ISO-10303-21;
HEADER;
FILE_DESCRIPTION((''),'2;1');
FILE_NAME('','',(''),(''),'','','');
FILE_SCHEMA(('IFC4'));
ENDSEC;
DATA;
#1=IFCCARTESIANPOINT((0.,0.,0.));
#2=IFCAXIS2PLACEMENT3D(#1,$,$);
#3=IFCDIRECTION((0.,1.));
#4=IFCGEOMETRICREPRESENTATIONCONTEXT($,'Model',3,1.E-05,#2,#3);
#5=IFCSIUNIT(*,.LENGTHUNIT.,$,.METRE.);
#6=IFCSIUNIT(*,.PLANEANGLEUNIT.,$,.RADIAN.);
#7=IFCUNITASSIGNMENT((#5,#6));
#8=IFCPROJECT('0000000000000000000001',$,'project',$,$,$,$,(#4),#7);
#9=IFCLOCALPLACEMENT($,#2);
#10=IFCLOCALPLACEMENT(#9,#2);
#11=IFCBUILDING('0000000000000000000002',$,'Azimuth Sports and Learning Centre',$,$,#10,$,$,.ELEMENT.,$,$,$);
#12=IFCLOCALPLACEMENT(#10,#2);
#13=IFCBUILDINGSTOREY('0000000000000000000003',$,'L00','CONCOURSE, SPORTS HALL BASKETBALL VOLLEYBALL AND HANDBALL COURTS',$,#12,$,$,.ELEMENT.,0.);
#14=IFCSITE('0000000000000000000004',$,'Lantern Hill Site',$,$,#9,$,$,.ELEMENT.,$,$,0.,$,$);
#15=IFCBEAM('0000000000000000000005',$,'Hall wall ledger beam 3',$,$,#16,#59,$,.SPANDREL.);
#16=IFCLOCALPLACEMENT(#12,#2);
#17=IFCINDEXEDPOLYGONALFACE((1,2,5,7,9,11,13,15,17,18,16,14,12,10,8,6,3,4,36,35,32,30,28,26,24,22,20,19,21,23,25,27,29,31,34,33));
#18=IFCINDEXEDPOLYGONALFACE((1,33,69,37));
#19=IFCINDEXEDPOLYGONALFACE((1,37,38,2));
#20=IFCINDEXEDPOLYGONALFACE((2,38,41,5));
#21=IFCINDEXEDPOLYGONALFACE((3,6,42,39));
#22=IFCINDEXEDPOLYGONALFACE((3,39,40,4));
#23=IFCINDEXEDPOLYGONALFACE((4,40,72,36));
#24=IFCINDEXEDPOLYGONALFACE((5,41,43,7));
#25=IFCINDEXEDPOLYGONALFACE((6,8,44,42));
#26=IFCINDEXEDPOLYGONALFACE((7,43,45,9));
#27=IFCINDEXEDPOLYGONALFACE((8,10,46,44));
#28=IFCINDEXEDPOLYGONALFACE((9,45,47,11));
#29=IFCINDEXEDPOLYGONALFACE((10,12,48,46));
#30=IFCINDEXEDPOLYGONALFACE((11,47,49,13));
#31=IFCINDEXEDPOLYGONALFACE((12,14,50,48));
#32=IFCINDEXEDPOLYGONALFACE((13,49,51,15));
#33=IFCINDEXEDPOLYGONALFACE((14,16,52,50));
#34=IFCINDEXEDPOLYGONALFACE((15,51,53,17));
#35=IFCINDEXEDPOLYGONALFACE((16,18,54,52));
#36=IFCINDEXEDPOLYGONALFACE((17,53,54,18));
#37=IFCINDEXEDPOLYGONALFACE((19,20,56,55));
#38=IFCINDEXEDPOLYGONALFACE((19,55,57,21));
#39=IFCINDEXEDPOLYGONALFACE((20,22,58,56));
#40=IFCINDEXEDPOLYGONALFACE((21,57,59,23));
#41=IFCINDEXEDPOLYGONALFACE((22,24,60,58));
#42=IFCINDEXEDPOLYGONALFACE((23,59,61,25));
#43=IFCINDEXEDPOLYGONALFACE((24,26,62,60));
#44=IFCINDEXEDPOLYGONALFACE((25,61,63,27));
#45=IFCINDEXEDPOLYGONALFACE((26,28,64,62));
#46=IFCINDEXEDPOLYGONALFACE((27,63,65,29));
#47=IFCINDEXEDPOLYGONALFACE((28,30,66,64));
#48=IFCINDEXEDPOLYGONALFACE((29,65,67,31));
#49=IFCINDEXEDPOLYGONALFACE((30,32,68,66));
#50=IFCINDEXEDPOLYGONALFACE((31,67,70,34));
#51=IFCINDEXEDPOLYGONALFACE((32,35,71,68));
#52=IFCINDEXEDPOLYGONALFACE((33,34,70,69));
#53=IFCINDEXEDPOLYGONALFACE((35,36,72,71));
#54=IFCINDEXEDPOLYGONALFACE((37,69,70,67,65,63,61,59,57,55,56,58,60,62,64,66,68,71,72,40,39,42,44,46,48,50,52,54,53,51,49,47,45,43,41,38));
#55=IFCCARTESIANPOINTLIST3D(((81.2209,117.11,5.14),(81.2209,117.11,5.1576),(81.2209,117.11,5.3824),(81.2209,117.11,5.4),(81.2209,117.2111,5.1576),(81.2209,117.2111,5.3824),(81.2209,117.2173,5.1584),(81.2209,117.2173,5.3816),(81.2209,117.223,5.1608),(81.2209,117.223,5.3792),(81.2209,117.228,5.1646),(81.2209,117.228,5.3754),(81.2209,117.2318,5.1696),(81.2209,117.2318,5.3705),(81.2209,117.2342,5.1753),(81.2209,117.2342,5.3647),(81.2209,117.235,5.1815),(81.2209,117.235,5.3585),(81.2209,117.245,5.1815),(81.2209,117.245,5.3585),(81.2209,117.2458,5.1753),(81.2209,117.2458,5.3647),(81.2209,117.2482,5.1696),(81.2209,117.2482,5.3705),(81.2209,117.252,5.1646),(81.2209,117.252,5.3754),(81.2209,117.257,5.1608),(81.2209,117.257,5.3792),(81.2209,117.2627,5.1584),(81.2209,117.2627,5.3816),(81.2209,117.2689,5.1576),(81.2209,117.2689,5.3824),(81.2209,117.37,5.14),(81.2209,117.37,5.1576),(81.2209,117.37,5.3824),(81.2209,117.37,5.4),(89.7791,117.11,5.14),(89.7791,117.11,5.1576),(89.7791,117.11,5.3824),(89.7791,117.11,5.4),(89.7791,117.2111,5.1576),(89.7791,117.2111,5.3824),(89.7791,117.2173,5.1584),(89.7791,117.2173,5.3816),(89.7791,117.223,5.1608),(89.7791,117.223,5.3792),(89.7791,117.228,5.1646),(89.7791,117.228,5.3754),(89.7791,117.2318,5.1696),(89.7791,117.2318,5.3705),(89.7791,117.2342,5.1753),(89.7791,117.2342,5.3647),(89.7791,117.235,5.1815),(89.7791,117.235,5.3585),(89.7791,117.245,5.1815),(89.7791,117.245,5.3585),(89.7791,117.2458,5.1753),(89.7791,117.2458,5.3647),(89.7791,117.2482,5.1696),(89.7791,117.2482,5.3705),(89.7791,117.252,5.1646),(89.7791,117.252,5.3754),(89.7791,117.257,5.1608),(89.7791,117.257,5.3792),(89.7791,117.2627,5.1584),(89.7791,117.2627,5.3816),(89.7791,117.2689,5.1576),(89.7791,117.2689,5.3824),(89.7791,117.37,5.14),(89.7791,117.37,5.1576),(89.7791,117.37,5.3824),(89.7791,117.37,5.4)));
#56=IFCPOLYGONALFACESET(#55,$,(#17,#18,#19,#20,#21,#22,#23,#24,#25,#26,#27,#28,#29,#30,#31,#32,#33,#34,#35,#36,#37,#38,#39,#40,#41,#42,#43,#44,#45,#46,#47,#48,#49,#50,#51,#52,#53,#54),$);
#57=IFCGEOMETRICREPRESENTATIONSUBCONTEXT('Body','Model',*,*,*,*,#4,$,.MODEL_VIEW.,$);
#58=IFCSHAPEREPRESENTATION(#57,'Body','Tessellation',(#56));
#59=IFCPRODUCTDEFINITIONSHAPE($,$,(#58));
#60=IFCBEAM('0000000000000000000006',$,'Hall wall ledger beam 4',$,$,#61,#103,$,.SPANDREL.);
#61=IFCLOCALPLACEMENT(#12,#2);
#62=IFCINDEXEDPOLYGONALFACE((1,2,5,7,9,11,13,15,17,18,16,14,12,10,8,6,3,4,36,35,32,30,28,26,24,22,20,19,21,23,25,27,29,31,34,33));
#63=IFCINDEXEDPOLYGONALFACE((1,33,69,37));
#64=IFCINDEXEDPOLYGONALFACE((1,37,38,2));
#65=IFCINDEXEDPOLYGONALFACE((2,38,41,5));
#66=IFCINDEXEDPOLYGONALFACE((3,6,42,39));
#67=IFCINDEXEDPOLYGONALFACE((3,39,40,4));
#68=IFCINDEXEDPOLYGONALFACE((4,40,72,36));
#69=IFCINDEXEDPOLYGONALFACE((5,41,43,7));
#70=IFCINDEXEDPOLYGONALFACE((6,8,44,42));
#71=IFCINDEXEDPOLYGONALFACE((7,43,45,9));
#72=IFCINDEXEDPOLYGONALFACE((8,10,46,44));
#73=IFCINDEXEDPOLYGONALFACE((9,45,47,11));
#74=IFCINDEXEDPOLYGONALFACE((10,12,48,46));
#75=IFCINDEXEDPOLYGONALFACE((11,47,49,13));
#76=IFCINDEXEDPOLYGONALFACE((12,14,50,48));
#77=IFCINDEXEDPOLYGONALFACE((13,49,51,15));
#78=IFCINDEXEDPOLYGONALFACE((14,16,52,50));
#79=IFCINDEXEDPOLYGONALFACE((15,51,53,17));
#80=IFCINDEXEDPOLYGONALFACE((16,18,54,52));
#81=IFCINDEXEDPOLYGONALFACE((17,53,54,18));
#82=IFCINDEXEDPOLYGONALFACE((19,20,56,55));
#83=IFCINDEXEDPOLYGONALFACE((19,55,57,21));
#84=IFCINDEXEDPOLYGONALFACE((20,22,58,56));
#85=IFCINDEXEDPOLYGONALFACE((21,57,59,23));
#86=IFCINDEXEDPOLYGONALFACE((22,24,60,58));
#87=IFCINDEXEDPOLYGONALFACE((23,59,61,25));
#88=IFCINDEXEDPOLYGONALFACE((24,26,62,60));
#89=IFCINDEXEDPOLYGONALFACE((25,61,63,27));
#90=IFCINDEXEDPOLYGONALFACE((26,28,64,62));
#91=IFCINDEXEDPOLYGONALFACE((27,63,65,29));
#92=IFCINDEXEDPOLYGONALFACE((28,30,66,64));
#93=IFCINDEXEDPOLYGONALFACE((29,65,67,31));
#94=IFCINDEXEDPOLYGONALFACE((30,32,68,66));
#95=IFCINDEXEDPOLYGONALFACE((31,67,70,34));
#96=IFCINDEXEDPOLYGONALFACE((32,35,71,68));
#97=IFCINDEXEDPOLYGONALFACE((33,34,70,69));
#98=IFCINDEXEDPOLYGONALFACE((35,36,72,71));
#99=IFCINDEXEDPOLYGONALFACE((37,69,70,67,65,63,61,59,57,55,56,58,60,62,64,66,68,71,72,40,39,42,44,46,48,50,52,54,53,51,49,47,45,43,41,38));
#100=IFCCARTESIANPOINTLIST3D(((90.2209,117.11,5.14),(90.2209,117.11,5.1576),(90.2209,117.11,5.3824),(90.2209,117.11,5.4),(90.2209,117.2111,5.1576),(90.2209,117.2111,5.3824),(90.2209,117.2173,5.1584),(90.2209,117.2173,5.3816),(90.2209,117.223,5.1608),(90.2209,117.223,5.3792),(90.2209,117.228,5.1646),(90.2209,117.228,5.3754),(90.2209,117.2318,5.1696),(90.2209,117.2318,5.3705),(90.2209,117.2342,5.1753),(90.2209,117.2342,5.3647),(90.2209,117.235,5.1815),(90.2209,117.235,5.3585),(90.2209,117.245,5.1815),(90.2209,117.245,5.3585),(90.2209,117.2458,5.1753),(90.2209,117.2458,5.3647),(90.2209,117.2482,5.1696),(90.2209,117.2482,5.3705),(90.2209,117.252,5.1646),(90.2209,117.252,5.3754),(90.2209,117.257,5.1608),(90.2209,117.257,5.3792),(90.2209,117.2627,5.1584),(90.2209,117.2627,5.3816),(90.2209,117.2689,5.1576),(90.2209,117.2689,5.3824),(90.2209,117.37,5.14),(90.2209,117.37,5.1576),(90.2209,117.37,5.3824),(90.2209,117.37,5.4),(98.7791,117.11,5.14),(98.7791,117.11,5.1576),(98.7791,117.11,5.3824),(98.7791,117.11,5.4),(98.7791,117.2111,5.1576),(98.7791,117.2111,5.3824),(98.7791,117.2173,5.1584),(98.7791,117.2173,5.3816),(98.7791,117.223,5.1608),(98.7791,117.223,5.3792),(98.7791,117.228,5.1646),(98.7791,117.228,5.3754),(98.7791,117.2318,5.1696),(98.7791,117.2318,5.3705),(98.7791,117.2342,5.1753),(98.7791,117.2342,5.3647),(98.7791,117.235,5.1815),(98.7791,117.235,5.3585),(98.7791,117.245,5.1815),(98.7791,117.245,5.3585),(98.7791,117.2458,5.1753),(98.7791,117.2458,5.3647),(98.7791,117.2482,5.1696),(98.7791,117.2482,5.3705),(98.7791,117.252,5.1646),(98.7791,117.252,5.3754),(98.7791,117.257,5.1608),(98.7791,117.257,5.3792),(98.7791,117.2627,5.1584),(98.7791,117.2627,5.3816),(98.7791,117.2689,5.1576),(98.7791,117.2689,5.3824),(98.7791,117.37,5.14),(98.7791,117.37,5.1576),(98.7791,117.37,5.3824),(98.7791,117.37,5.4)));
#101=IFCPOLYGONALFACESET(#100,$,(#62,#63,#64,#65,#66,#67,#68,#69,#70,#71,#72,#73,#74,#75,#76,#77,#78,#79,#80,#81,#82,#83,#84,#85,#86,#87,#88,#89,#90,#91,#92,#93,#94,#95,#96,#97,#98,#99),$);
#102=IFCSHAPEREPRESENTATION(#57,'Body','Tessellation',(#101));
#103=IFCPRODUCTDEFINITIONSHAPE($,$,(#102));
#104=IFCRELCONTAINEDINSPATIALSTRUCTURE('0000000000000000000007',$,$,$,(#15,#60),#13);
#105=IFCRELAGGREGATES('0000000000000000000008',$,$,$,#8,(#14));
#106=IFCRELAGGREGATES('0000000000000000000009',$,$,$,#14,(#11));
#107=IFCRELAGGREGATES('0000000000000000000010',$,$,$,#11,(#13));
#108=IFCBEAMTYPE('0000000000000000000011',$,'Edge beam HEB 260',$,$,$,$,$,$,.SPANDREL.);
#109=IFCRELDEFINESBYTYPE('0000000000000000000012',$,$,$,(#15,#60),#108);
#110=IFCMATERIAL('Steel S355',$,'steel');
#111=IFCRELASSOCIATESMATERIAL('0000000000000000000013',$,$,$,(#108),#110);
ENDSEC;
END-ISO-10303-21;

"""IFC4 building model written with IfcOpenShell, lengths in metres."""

from ifc_helpers import new_model, si_unit, direction, frame, origin, origin_2d, place, context, subcontext, project, spatial, i_section, extrude, material, material_profile, profile_set, type_object, element, save


model = new_model("IFC4")

# Units and contexts
model_context = context("Model", 3, precision=1e-05, world=origin(), true_north=direction((0.0, 1.0)))
body_context = subcontext(model_context, "Body", "Model", "MODEL_VIEW")
ifc_project = project(units=[si_unit("LENGTHUNIT", "METRE"), si_unit("PLANEANGLEUNIT", "RADIAN")], contexts=[model_context])

# Site, building, storey
site_placement = place(None, origin())
site = spatial("IfcSite", under=ifc_project, at=site_placement, Name="Lantern Hill Site", CompositionType="ELEMENT", RefElevation=0.0)
building_placement = place(site_placement, origin())
building = spatial("IfcBuilding", under=site, at=building_placement, Name="Azimuth Sports and Learning Centre", CompositionType="ELEMENT")
storey_placement = place(building_placement, origin())
storey = spatial("IfcBuildingStorey", under=building, at=storey_placement, Name="L00", Description="CONCOURSE, SPORTS HALL BASKETBALL VOLLEYBALL AND HANDBALL COURTS", CompositionType="ELEMENT", Elevation=0.0)

# Beams
ifc_material_1 = material(Name="Steel S355", Category="steel")
ifc_material_profile_1 = material_profile(ifc_material_1, i_section(OverallWidth=0.26, OverallDepth=0.26, WebThickness=0.01, FlangeThickness=0.0176, FilletRadius=0.0239, at=origin_2d()), Name="HEB 260")
ifc_profile_set_1 = profile_set([ifc_material_profile_1], Name="Steel S355")
beam_type = type_object("IfcBeamType", Name="Edge beam HEB 260", PredefinedType="SPANDREL", material=ifc_profile_set_1)
for number, where, z_axis, x_axis, name in (
    (1, (81.2209, 117.24, 5.27), (1.0, 0.0, 0.0), (0.0, 1.0, 0.0), "Hall wall ledger beam 3"),
    (2, (90.2209, 117.24, 5.27), (1.0, 0.0, 0.0), (0.0, 1.0, 0.0), "Hall wall ledger beam 4"),
):
    element("IfcBeam", number, at=place(storey_placement, frame(where, z_axis=z_axis, x_axis=x_axis)), inside=storey, type_object=beam_type, Name=name, PredefinedType="SPANDREL", context=body_context, shape_type="SweptSolid", body=[
        extrude(i_section(OverallWidth=0.26, OverallDepth=0.26, WebThickness=0.01, FlangeThickness=0.0176, FilletRadius=0.0239, at=origin_2d()), origin(), (0.0, 0.0, 1.0), 8.5581),
    ])

save(model, "model.ifc")
